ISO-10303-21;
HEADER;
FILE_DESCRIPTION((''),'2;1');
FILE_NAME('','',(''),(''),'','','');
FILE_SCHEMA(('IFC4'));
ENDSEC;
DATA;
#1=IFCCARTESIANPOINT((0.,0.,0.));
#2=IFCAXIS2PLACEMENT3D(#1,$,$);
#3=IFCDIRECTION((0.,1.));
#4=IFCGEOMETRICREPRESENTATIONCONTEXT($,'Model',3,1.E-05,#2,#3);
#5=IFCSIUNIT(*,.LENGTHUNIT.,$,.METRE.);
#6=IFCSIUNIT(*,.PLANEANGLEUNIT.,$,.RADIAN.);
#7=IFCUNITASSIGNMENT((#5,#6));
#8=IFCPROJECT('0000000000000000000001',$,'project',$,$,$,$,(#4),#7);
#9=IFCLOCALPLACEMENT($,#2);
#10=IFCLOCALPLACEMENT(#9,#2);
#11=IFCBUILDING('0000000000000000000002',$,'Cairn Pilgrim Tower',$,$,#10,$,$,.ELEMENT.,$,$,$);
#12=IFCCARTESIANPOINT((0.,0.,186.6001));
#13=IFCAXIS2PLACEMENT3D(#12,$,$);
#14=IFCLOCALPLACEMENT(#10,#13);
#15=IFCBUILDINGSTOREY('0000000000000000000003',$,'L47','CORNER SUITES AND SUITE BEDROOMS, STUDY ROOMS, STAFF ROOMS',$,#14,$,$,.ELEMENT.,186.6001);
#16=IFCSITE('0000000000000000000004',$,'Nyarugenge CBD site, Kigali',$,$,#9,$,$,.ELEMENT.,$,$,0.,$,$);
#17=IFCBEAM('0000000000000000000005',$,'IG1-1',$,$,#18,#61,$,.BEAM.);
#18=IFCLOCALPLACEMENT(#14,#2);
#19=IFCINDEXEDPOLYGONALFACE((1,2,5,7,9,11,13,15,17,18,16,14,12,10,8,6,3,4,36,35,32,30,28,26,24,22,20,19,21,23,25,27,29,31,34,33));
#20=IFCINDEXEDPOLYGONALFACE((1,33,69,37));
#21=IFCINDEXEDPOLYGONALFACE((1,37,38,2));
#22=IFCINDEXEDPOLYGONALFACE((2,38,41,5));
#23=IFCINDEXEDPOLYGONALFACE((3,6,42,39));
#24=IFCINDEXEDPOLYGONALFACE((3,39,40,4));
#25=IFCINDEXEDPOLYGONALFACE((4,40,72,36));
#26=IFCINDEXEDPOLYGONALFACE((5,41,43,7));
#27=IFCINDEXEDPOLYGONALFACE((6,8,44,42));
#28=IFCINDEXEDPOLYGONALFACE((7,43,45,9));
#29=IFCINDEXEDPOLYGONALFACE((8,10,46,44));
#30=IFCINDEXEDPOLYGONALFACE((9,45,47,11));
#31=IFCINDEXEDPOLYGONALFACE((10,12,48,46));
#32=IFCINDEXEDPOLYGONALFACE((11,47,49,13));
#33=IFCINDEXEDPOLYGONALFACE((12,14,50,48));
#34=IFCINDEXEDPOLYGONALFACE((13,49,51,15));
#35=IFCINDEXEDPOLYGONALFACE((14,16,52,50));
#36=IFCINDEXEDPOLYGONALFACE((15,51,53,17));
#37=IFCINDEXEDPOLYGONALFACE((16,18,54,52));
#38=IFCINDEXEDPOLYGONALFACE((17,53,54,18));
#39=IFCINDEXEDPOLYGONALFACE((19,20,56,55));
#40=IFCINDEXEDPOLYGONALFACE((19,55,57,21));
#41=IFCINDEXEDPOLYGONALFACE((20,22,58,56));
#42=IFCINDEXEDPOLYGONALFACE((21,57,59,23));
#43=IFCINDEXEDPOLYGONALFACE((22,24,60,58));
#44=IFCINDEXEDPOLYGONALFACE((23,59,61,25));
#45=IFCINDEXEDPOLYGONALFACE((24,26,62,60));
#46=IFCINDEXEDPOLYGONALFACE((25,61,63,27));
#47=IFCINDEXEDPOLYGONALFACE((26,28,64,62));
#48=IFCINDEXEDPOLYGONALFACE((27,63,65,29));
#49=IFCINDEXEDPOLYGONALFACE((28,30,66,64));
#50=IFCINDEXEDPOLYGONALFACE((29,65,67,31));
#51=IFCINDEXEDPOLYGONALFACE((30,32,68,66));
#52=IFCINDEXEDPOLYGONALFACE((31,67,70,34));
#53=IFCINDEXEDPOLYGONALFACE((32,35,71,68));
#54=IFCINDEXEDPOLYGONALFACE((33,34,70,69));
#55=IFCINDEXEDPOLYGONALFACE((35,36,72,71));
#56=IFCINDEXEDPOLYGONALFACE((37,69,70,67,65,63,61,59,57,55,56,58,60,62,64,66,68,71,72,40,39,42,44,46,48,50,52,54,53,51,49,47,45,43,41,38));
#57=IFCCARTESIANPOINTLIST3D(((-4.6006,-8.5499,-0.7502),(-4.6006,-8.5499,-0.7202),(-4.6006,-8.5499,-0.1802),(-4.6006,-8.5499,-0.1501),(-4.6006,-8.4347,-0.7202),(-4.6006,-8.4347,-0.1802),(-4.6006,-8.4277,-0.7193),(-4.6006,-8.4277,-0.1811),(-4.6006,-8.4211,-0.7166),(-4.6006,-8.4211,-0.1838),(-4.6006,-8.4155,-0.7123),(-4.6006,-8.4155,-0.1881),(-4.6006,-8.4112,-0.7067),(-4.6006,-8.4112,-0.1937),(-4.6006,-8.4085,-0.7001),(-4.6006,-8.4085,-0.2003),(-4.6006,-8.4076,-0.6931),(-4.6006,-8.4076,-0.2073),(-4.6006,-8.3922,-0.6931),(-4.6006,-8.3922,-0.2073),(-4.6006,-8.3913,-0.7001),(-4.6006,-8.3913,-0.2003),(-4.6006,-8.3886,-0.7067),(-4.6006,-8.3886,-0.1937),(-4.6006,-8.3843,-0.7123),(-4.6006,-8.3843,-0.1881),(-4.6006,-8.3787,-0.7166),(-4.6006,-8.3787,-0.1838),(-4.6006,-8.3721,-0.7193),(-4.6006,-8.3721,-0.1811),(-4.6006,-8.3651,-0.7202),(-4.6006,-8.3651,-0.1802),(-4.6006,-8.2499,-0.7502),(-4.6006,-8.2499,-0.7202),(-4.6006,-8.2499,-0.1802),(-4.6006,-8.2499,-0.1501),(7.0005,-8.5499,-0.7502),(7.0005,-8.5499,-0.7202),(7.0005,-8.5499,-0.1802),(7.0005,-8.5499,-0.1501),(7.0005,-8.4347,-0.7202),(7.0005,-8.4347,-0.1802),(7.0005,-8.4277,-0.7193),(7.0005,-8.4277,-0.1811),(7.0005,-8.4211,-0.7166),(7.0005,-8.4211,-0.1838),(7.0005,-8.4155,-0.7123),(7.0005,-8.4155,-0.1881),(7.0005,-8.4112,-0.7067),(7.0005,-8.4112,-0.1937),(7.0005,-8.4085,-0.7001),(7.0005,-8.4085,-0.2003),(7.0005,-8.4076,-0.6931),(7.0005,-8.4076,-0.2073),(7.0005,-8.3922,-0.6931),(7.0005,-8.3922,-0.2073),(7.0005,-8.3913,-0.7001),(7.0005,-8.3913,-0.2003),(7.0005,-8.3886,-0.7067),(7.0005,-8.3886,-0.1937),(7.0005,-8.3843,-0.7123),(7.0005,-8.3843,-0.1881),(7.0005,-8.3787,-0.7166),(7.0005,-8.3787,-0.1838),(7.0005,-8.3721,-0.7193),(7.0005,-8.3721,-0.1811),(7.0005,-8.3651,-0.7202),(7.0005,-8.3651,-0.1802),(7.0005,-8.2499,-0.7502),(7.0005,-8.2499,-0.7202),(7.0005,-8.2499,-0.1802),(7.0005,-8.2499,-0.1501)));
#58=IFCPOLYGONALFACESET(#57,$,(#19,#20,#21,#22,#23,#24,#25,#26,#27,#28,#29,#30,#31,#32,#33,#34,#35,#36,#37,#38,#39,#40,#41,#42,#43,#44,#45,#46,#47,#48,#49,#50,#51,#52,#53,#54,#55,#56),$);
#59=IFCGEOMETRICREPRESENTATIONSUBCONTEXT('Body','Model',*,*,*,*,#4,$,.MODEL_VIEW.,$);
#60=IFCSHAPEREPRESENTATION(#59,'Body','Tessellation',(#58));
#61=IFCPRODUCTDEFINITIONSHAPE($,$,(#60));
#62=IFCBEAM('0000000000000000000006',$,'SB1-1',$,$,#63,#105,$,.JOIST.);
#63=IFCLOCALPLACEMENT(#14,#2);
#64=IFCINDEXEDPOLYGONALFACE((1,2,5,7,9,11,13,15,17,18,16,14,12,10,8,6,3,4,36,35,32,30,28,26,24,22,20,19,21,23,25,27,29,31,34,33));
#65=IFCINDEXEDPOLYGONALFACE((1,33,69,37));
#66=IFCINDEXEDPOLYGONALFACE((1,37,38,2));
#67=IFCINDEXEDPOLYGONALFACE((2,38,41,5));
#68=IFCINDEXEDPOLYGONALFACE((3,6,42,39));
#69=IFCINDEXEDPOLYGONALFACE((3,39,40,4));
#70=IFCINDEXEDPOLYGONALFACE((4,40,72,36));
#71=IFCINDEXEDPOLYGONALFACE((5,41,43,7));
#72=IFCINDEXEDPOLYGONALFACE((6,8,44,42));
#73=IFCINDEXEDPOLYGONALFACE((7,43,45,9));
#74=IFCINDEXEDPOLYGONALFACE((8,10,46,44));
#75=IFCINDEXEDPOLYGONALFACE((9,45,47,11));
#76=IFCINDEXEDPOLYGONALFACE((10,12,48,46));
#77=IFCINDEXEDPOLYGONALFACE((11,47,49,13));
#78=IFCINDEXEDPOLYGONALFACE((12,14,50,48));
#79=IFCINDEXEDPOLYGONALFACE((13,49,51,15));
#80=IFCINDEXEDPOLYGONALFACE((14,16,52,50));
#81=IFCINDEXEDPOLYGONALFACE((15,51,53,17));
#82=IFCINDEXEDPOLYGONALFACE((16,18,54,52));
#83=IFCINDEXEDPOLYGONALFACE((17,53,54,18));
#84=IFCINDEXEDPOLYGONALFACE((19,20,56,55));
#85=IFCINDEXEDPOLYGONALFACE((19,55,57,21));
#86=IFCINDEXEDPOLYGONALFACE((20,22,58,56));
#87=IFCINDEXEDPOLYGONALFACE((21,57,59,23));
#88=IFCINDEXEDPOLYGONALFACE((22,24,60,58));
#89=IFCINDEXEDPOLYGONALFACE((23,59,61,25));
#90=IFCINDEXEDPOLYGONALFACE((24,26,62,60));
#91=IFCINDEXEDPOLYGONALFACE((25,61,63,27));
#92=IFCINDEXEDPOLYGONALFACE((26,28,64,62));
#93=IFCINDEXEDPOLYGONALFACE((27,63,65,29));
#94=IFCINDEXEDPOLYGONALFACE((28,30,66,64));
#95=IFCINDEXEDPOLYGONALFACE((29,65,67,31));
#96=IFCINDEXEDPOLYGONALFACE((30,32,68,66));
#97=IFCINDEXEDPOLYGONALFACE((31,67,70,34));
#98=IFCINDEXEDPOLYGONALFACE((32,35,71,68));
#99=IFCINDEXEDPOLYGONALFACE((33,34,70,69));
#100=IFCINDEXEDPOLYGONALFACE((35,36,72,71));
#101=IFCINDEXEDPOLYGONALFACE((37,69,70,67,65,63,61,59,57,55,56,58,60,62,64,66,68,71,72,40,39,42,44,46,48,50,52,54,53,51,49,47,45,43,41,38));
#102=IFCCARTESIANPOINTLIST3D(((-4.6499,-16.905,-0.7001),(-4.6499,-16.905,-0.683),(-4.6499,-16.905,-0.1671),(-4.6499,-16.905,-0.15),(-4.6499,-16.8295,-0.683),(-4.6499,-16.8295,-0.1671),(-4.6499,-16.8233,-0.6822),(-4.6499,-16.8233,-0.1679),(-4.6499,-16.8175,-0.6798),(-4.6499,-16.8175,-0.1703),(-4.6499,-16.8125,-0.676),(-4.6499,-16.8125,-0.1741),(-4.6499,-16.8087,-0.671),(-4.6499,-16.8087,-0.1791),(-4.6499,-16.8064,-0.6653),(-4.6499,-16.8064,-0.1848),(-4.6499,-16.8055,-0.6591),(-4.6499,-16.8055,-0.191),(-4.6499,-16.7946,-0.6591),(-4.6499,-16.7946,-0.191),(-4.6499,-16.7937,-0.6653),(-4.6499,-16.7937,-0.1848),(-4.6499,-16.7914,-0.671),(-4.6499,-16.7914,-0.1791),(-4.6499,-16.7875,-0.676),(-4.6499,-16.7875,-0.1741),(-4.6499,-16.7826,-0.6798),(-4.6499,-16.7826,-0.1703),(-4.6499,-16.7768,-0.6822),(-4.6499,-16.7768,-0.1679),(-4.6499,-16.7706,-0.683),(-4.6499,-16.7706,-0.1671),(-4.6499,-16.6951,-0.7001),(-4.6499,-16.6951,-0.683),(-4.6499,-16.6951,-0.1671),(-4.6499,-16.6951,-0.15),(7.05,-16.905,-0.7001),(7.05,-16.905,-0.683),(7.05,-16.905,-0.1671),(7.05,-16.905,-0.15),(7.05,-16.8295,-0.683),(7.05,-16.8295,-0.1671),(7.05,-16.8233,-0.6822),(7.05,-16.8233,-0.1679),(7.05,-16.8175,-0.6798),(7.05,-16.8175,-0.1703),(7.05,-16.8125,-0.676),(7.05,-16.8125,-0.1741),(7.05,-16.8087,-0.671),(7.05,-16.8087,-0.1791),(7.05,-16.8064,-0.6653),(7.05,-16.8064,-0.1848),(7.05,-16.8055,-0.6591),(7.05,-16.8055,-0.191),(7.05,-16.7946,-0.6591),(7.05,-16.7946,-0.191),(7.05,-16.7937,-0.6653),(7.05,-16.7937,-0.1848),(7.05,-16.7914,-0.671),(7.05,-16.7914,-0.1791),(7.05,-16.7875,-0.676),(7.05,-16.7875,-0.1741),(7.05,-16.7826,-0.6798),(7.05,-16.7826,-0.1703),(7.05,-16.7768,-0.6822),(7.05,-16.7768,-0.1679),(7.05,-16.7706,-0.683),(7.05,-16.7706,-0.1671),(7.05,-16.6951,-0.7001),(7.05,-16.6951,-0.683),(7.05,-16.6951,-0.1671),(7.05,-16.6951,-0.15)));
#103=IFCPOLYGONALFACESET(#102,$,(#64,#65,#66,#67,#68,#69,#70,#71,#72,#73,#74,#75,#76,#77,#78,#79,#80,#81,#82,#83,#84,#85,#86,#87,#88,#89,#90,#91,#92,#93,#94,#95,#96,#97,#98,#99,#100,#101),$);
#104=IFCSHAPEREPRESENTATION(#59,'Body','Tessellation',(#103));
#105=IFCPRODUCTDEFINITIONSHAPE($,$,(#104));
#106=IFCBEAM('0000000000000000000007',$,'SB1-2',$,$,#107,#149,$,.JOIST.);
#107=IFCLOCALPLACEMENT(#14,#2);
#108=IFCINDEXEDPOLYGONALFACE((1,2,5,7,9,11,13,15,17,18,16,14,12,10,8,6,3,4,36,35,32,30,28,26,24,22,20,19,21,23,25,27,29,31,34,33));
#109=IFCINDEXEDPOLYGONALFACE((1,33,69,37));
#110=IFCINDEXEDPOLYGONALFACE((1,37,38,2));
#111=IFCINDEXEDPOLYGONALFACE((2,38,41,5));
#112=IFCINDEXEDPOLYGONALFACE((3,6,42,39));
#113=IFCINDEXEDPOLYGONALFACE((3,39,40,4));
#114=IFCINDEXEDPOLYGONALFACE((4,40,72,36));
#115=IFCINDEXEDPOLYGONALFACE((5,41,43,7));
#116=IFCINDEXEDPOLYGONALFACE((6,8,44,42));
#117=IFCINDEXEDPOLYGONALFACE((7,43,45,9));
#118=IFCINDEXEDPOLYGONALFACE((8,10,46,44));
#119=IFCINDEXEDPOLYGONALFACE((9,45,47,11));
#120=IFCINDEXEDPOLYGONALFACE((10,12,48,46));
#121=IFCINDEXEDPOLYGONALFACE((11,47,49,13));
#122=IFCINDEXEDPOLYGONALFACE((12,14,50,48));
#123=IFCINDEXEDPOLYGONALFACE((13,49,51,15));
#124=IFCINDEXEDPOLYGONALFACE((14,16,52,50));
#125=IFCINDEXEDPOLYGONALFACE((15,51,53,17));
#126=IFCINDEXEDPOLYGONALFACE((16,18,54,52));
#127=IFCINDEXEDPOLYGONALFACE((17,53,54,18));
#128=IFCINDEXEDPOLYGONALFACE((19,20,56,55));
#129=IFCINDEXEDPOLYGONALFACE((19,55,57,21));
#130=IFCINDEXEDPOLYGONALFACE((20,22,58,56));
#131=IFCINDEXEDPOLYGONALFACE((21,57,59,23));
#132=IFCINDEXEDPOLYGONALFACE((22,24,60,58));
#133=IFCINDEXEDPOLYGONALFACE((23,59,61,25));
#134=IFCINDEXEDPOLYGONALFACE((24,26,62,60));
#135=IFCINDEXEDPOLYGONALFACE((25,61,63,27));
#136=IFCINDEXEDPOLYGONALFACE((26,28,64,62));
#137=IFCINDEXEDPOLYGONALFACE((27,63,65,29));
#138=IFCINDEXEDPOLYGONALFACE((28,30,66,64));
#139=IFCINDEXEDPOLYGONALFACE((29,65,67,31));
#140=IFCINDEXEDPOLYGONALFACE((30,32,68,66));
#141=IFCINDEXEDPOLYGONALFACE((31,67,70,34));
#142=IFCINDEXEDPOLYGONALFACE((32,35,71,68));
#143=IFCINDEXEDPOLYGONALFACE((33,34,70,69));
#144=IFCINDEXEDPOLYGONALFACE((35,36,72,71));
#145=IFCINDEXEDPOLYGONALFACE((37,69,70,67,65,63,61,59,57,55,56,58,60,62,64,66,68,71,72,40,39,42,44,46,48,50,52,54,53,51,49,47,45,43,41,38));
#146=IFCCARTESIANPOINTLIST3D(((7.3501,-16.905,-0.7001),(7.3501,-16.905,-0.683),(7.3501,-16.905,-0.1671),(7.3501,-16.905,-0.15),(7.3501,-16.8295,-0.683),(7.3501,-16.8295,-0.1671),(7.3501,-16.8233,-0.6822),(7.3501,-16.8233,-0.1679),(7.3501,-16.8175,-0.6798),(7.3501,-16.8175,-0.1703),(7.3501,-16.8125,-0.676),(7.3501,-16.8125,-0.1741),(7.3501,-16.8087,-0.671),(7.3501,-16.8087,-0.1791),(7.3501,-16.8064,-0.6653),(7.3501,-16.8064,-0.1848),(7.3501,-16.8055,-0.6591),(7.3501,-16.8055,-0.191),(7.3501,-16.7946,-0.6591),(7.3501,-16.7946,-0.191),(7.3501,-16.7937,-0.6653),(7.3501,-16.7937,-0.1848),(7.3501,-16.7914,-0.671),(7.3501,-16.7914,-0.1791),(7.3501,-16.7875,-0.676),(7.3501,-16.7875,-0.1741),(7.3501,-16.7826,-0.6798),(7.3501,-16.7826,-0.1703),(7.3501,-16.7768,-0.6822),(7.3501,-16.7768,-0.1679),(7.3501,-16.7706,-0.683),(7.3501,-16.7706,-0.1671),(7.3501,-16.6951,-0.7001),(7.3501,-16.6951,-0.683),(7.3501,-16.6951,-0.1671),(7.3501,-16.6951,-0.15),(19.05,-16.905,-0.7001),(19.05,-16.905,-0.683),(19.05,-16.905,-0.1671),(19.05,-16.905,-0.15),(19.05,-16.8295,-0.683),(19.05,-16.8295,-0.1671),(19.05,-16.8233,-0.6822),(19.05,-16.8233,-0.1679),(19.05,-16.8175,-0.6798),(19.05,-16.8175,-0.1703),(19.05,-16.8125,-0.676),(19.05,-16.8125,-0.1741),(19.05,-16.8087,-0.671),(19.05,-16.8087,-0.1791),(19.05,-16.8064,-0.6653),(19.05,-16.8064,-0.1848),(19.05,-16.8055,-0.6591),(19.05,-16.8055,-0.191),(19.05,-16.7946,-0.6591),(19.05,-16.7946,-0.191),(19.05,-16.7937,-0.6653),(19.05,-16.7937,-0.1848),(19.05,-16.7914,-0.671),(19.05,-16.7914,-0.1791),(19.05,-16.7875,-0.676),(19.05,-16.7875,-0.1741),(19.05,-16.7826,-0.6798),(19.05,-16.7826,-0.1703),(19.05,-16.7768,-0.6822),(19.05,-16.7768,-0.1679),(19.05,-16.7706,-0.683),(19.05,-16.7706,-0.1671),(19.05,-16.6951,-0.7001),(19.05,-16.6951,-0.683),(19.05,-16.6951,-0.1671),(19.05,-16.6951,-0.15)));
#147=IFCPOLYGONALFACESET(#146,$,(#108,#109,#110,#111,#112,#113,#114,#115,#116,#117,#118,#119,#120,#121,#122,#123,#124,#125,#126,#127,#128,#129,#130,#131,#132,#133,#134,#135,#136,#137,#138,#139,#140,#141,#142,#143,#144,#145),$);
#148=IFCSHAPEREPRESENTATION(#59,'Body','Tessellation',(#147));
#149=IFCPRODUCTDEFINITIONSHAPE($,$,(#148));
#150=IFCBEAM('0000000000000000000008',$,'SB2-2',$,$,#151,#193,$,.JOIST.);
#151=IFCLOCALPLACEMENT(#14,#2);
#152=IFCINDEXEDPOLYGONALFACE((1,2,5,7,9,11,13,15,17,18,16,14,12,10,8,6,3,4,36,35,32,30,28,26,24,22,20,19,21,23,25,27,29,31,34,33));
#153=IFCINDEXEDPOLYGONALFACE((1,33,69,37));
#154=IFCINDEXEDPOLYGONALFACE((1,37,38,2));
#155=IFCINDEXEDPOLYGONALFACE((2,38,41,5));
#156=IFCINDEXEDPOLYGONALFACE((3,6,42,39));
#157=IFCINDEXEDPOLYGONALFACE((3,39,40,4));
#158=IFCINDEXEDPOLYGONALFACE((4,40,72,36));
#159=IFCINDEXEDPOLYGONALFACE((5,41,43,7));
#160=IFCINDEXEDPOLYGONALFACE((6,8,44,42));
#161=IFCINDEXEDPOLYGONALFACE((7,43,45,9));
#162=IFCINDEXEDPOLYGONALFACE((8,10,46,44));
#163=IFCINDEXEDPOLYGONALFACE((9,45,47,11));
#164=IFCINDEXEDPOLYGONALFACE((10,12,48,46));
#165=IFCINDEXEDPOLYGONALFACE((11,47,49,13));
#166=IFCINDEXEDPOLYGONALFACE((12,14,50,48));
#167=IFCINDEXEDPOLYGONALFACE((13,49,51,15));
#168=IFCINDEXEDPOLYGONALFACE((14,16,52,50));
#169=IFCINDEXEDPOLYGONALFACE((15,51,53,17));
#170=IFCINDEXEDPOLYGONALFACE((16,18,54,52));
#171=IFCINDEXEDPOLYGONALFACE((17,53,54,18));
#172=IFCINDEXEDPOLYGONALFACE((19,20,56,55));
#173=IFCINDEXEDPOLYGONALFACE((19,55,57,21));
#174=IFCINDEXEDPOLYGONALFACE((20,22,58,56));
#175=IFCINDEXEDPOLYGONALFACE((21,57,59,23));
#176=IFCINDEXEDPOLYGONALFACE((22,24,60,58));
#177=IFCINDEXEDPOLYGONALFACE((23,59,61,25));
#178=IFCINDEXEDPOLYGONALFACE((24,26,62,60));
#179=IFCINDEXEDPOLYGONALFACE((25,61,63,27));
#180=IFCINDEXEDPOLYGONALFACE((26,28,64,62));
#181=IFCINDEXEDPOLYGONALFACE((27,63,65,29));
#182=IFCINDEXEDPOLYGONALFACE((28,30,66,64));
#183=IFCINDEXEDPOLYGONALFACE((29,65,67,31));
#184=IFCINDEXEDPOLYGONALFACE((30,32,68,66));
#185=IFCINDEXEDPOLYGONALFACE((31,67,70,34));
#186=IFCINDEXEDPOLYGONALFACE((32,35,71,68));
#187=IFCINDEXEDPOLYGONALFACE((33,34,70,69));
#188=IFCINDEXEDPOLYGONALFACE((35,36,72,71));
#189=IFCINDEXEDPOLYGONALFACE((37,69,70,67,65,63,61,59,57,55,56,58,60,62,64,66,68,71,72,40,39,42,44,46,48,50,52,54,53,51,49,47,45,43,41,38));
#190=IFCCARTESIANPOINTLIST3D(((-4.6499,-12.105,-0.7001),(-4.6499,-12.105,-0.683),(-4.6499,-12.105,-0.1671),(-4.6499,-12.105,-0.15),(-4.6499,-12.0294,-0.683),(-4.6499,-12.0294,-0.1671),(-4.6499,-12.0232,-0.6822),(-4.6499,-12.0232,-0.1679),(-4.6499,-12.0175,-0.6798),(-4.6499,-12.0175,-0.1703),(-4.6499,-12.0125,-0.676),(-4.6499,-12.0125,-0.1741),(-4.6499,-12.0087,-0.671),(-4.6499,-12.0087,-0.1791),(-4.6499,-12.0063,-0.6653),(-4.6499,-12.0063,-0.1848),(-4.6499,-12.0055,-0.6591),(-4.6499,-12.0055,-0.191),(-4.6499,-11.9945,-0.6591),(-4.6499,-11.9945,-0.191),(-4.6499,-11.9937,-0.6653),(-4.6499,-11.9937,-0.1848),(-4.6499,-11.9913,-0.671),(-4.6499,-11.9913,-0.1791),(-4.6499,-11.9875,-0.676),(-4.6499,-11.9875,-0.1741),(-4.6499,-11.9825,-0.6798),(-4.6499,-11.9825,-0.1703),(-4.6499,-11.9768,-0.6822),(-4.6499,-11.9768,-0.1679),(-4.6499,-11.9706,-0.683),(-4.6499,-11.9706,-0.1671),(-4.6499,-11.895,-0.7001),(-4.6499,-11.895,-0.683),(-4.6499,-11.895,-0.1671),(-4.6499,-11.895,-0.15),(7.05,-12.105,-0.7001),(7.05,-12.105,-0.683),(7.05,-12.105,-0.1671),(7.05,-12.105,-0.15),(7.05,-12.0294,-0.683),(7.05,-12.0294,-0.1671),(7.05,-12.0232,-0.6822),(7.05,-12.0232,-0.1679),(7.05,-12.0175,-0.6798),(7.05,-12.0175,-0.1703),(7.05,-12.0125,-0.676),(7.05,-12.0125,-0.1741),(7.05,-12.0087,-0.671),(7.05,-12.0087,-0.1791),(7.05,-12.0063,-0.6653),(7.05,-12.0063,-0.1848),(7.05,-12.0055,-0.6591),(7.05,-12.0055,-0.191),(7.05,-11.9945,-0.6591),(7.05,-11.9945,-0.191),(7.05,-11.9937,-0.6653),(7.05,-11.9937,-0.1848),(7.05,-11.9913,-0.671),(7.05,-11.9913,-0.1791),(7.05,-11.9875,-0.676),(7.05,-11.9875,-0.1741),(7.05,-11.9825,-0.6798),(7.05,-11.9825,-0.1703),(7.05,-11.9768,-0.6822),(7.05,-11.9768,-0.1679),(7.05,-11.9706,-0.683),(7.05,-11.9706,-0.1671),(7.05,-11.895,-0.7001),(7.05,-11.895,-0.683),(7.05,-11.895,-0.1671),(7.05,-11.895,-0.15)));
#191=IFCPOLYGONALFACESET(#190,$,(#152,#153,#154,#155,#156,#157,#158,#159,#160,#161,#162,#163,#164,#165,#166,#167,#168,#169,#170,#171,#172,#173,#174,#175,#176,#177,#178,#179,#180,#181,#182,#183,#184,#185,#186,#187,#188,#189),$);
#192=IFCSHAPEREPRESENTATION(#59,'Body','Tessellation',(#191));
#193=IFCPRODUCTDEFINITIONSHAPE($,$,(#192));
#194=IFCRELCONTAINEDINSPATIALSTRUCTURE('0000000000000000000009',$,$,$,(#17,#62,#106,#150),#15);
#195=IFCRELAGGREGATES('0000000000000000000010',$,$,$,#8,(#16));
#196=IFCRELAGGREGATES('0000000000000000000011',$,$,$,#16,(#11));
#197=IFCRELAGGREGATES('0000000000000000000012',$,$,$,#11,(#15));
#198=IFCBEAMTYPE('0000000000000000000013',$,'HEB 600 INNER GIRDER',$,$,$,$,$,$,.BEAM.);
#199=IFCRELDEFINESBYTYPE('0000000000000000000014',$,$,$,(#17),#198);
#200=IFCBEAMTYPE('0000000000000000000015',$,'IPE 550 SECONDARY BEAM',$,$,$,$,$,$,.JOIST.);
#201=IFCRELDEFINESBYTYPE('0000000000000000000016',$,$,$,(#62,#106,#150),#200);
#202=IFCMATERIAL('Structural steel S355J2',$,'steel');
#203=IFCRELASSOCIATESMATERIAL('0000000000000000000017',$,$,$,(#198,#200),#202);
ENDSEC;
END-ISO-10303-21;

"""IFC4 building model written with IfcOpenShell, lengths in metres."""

from ifc_helpers import new_model, si_unit, direction, frame, origin, origin_2d, place, context, subcontext, project, spatial, i_section, extrude, material, material_profile, profile_set, type_object, element, save


model = new_model("IFC4")

# Units and contexts
model_context = context("Model", 3, precision=1e-05, world=origin(), true_north=direction((0.0, 1.0)))
body_context = subcontext(model_context, "Body", "Model", "MODEL_VIEW")
ifc_project = project(units=[si_unit("LENGTHUNIT", "METRE"), si_unit("PLANEANGLEUNIT", "RADIAN")], contexts=[model_context])

# Site, building, storey
site_placement = place(None, origin())
site = spatial("IfcSite", under=ifc_project, at=site_placement, Name="Nyarugenge CBD site, Kigali", CompositionType="ELEMENT", RefElevation=0.0)
building_placement = place(site_placement, origin())
building = spatial("IfcBuilding", under=site, at=building_placement, Name="Cairn Pilgrim Tower", CompositionType="ELEMENT")
storey_placement = place(building_placement, frame((0.0, 0.0, 186.6001)))
storey = spatial("IfcBuildingStorey", under=building, at=storey_placement, Name="L47", Description="CORNER SUITES AND SUITE BEDROOMS, STUDY ROOMS, STAFF ROOMS", CompositionType="ELEMENT", Elevation=186.6001)

# Shared definitions
ifc_material_1 = material(Name="Structural steel S355J2", Category="steel")

# Beams
ifc_material_profile_1 = material_profile(ifc_material_1, i_section(OverallWidth=0.3, OverallDepth=0.6001, WebThickness=0.0154, FlangeThickness=0.03, FilletRadius=0.0271, at=origin_2d()), Name="HEB 600")
ifc_profile_set_1 = profile_set([ifc_material_profile_1], Name="Structural steel S355J2")
beam_type_1 = type_object("IfcBeamType", Name="HEB 600 INNER GIRDER", PredefinedType="BEAM", material=ifc_profile_set_1)
beam_1_placement = place(storey_placement, frame((-4.6006, -8.3999, -0.4502), z_axis=(1.0, 0.0, 0.0), x_axis=(0.0, 1.0, 0.0)))
element("IfcBeam", 1, at=beam_1_placement, inside=storey, type_object=beam_type_1, Name="IG1-1", PredefinedType="BEAM", context=body_context, shape_type="SweptSolid", body=[
    extrude(i_section(OverallWidth=0.3, OverallDepth=0.6001, WebThickness=0.0154, FlangeThickness=0.03, FilletRadius=0.0271, at=origin_2d()), origin(), (0.0, 0.0, 1.0), 11.6011),
])
ifc_material_profile_2 = material_profile(ifc_material_1, i_section(OverallWidth=0.21, OverallDepth=0.55, WebThickness=0.011, FlangeThickness=0.0171, FilletRadius=0.0239, at=origin_2d()), Name="IPE 550")
ifc_profile_set_2 = profile_set([ifc_material_profile_2], Name="Structural steel S355J2")
beam_type_2 = type_object("IfcBeamType", Name="IPE 550 SECONDARY BEAM", PredefinedType="JOIST", material=ifc_profile_set_2)
for number, where, z_axis, x_axis, name in (
    (2, (-4.6499, -16.8, -0.425), (1.0, 0.0, 0.0), (0.0, 1.0, 0.0), "SB1-1"),
    (3, (7.3501, -16.8, -0.425), (1.0, 0.0, 0.0), (0.0, 1.0, 0.0), "SB1-2"),
    (4, (-4.6499, -12.0, -0.425), (1.0, 0.0, 0.0), (0.0, 1.0, 0.0), "SB2-2"),
):
    element("IfcBeam", number, at=place(storey_placement, frame(where, z_axis=z_axis, x_axis=x_axis)), inside=storey, type_object=beam_type_2, Name=name, PredefinedType="JOIST", context=body_context, shape_type="SweptSolid", body=[
        extrude(i_section(OverallWidth=0.21, OverallDepth=0.55, WebThickness=0.011, FlangeThickness=0.0171, FilletRadius=0.0239, at=origin_2d()), origin(), (0.0, 0.0, 1.0), 11.7),
    ])

save(model, "model.ifc")
